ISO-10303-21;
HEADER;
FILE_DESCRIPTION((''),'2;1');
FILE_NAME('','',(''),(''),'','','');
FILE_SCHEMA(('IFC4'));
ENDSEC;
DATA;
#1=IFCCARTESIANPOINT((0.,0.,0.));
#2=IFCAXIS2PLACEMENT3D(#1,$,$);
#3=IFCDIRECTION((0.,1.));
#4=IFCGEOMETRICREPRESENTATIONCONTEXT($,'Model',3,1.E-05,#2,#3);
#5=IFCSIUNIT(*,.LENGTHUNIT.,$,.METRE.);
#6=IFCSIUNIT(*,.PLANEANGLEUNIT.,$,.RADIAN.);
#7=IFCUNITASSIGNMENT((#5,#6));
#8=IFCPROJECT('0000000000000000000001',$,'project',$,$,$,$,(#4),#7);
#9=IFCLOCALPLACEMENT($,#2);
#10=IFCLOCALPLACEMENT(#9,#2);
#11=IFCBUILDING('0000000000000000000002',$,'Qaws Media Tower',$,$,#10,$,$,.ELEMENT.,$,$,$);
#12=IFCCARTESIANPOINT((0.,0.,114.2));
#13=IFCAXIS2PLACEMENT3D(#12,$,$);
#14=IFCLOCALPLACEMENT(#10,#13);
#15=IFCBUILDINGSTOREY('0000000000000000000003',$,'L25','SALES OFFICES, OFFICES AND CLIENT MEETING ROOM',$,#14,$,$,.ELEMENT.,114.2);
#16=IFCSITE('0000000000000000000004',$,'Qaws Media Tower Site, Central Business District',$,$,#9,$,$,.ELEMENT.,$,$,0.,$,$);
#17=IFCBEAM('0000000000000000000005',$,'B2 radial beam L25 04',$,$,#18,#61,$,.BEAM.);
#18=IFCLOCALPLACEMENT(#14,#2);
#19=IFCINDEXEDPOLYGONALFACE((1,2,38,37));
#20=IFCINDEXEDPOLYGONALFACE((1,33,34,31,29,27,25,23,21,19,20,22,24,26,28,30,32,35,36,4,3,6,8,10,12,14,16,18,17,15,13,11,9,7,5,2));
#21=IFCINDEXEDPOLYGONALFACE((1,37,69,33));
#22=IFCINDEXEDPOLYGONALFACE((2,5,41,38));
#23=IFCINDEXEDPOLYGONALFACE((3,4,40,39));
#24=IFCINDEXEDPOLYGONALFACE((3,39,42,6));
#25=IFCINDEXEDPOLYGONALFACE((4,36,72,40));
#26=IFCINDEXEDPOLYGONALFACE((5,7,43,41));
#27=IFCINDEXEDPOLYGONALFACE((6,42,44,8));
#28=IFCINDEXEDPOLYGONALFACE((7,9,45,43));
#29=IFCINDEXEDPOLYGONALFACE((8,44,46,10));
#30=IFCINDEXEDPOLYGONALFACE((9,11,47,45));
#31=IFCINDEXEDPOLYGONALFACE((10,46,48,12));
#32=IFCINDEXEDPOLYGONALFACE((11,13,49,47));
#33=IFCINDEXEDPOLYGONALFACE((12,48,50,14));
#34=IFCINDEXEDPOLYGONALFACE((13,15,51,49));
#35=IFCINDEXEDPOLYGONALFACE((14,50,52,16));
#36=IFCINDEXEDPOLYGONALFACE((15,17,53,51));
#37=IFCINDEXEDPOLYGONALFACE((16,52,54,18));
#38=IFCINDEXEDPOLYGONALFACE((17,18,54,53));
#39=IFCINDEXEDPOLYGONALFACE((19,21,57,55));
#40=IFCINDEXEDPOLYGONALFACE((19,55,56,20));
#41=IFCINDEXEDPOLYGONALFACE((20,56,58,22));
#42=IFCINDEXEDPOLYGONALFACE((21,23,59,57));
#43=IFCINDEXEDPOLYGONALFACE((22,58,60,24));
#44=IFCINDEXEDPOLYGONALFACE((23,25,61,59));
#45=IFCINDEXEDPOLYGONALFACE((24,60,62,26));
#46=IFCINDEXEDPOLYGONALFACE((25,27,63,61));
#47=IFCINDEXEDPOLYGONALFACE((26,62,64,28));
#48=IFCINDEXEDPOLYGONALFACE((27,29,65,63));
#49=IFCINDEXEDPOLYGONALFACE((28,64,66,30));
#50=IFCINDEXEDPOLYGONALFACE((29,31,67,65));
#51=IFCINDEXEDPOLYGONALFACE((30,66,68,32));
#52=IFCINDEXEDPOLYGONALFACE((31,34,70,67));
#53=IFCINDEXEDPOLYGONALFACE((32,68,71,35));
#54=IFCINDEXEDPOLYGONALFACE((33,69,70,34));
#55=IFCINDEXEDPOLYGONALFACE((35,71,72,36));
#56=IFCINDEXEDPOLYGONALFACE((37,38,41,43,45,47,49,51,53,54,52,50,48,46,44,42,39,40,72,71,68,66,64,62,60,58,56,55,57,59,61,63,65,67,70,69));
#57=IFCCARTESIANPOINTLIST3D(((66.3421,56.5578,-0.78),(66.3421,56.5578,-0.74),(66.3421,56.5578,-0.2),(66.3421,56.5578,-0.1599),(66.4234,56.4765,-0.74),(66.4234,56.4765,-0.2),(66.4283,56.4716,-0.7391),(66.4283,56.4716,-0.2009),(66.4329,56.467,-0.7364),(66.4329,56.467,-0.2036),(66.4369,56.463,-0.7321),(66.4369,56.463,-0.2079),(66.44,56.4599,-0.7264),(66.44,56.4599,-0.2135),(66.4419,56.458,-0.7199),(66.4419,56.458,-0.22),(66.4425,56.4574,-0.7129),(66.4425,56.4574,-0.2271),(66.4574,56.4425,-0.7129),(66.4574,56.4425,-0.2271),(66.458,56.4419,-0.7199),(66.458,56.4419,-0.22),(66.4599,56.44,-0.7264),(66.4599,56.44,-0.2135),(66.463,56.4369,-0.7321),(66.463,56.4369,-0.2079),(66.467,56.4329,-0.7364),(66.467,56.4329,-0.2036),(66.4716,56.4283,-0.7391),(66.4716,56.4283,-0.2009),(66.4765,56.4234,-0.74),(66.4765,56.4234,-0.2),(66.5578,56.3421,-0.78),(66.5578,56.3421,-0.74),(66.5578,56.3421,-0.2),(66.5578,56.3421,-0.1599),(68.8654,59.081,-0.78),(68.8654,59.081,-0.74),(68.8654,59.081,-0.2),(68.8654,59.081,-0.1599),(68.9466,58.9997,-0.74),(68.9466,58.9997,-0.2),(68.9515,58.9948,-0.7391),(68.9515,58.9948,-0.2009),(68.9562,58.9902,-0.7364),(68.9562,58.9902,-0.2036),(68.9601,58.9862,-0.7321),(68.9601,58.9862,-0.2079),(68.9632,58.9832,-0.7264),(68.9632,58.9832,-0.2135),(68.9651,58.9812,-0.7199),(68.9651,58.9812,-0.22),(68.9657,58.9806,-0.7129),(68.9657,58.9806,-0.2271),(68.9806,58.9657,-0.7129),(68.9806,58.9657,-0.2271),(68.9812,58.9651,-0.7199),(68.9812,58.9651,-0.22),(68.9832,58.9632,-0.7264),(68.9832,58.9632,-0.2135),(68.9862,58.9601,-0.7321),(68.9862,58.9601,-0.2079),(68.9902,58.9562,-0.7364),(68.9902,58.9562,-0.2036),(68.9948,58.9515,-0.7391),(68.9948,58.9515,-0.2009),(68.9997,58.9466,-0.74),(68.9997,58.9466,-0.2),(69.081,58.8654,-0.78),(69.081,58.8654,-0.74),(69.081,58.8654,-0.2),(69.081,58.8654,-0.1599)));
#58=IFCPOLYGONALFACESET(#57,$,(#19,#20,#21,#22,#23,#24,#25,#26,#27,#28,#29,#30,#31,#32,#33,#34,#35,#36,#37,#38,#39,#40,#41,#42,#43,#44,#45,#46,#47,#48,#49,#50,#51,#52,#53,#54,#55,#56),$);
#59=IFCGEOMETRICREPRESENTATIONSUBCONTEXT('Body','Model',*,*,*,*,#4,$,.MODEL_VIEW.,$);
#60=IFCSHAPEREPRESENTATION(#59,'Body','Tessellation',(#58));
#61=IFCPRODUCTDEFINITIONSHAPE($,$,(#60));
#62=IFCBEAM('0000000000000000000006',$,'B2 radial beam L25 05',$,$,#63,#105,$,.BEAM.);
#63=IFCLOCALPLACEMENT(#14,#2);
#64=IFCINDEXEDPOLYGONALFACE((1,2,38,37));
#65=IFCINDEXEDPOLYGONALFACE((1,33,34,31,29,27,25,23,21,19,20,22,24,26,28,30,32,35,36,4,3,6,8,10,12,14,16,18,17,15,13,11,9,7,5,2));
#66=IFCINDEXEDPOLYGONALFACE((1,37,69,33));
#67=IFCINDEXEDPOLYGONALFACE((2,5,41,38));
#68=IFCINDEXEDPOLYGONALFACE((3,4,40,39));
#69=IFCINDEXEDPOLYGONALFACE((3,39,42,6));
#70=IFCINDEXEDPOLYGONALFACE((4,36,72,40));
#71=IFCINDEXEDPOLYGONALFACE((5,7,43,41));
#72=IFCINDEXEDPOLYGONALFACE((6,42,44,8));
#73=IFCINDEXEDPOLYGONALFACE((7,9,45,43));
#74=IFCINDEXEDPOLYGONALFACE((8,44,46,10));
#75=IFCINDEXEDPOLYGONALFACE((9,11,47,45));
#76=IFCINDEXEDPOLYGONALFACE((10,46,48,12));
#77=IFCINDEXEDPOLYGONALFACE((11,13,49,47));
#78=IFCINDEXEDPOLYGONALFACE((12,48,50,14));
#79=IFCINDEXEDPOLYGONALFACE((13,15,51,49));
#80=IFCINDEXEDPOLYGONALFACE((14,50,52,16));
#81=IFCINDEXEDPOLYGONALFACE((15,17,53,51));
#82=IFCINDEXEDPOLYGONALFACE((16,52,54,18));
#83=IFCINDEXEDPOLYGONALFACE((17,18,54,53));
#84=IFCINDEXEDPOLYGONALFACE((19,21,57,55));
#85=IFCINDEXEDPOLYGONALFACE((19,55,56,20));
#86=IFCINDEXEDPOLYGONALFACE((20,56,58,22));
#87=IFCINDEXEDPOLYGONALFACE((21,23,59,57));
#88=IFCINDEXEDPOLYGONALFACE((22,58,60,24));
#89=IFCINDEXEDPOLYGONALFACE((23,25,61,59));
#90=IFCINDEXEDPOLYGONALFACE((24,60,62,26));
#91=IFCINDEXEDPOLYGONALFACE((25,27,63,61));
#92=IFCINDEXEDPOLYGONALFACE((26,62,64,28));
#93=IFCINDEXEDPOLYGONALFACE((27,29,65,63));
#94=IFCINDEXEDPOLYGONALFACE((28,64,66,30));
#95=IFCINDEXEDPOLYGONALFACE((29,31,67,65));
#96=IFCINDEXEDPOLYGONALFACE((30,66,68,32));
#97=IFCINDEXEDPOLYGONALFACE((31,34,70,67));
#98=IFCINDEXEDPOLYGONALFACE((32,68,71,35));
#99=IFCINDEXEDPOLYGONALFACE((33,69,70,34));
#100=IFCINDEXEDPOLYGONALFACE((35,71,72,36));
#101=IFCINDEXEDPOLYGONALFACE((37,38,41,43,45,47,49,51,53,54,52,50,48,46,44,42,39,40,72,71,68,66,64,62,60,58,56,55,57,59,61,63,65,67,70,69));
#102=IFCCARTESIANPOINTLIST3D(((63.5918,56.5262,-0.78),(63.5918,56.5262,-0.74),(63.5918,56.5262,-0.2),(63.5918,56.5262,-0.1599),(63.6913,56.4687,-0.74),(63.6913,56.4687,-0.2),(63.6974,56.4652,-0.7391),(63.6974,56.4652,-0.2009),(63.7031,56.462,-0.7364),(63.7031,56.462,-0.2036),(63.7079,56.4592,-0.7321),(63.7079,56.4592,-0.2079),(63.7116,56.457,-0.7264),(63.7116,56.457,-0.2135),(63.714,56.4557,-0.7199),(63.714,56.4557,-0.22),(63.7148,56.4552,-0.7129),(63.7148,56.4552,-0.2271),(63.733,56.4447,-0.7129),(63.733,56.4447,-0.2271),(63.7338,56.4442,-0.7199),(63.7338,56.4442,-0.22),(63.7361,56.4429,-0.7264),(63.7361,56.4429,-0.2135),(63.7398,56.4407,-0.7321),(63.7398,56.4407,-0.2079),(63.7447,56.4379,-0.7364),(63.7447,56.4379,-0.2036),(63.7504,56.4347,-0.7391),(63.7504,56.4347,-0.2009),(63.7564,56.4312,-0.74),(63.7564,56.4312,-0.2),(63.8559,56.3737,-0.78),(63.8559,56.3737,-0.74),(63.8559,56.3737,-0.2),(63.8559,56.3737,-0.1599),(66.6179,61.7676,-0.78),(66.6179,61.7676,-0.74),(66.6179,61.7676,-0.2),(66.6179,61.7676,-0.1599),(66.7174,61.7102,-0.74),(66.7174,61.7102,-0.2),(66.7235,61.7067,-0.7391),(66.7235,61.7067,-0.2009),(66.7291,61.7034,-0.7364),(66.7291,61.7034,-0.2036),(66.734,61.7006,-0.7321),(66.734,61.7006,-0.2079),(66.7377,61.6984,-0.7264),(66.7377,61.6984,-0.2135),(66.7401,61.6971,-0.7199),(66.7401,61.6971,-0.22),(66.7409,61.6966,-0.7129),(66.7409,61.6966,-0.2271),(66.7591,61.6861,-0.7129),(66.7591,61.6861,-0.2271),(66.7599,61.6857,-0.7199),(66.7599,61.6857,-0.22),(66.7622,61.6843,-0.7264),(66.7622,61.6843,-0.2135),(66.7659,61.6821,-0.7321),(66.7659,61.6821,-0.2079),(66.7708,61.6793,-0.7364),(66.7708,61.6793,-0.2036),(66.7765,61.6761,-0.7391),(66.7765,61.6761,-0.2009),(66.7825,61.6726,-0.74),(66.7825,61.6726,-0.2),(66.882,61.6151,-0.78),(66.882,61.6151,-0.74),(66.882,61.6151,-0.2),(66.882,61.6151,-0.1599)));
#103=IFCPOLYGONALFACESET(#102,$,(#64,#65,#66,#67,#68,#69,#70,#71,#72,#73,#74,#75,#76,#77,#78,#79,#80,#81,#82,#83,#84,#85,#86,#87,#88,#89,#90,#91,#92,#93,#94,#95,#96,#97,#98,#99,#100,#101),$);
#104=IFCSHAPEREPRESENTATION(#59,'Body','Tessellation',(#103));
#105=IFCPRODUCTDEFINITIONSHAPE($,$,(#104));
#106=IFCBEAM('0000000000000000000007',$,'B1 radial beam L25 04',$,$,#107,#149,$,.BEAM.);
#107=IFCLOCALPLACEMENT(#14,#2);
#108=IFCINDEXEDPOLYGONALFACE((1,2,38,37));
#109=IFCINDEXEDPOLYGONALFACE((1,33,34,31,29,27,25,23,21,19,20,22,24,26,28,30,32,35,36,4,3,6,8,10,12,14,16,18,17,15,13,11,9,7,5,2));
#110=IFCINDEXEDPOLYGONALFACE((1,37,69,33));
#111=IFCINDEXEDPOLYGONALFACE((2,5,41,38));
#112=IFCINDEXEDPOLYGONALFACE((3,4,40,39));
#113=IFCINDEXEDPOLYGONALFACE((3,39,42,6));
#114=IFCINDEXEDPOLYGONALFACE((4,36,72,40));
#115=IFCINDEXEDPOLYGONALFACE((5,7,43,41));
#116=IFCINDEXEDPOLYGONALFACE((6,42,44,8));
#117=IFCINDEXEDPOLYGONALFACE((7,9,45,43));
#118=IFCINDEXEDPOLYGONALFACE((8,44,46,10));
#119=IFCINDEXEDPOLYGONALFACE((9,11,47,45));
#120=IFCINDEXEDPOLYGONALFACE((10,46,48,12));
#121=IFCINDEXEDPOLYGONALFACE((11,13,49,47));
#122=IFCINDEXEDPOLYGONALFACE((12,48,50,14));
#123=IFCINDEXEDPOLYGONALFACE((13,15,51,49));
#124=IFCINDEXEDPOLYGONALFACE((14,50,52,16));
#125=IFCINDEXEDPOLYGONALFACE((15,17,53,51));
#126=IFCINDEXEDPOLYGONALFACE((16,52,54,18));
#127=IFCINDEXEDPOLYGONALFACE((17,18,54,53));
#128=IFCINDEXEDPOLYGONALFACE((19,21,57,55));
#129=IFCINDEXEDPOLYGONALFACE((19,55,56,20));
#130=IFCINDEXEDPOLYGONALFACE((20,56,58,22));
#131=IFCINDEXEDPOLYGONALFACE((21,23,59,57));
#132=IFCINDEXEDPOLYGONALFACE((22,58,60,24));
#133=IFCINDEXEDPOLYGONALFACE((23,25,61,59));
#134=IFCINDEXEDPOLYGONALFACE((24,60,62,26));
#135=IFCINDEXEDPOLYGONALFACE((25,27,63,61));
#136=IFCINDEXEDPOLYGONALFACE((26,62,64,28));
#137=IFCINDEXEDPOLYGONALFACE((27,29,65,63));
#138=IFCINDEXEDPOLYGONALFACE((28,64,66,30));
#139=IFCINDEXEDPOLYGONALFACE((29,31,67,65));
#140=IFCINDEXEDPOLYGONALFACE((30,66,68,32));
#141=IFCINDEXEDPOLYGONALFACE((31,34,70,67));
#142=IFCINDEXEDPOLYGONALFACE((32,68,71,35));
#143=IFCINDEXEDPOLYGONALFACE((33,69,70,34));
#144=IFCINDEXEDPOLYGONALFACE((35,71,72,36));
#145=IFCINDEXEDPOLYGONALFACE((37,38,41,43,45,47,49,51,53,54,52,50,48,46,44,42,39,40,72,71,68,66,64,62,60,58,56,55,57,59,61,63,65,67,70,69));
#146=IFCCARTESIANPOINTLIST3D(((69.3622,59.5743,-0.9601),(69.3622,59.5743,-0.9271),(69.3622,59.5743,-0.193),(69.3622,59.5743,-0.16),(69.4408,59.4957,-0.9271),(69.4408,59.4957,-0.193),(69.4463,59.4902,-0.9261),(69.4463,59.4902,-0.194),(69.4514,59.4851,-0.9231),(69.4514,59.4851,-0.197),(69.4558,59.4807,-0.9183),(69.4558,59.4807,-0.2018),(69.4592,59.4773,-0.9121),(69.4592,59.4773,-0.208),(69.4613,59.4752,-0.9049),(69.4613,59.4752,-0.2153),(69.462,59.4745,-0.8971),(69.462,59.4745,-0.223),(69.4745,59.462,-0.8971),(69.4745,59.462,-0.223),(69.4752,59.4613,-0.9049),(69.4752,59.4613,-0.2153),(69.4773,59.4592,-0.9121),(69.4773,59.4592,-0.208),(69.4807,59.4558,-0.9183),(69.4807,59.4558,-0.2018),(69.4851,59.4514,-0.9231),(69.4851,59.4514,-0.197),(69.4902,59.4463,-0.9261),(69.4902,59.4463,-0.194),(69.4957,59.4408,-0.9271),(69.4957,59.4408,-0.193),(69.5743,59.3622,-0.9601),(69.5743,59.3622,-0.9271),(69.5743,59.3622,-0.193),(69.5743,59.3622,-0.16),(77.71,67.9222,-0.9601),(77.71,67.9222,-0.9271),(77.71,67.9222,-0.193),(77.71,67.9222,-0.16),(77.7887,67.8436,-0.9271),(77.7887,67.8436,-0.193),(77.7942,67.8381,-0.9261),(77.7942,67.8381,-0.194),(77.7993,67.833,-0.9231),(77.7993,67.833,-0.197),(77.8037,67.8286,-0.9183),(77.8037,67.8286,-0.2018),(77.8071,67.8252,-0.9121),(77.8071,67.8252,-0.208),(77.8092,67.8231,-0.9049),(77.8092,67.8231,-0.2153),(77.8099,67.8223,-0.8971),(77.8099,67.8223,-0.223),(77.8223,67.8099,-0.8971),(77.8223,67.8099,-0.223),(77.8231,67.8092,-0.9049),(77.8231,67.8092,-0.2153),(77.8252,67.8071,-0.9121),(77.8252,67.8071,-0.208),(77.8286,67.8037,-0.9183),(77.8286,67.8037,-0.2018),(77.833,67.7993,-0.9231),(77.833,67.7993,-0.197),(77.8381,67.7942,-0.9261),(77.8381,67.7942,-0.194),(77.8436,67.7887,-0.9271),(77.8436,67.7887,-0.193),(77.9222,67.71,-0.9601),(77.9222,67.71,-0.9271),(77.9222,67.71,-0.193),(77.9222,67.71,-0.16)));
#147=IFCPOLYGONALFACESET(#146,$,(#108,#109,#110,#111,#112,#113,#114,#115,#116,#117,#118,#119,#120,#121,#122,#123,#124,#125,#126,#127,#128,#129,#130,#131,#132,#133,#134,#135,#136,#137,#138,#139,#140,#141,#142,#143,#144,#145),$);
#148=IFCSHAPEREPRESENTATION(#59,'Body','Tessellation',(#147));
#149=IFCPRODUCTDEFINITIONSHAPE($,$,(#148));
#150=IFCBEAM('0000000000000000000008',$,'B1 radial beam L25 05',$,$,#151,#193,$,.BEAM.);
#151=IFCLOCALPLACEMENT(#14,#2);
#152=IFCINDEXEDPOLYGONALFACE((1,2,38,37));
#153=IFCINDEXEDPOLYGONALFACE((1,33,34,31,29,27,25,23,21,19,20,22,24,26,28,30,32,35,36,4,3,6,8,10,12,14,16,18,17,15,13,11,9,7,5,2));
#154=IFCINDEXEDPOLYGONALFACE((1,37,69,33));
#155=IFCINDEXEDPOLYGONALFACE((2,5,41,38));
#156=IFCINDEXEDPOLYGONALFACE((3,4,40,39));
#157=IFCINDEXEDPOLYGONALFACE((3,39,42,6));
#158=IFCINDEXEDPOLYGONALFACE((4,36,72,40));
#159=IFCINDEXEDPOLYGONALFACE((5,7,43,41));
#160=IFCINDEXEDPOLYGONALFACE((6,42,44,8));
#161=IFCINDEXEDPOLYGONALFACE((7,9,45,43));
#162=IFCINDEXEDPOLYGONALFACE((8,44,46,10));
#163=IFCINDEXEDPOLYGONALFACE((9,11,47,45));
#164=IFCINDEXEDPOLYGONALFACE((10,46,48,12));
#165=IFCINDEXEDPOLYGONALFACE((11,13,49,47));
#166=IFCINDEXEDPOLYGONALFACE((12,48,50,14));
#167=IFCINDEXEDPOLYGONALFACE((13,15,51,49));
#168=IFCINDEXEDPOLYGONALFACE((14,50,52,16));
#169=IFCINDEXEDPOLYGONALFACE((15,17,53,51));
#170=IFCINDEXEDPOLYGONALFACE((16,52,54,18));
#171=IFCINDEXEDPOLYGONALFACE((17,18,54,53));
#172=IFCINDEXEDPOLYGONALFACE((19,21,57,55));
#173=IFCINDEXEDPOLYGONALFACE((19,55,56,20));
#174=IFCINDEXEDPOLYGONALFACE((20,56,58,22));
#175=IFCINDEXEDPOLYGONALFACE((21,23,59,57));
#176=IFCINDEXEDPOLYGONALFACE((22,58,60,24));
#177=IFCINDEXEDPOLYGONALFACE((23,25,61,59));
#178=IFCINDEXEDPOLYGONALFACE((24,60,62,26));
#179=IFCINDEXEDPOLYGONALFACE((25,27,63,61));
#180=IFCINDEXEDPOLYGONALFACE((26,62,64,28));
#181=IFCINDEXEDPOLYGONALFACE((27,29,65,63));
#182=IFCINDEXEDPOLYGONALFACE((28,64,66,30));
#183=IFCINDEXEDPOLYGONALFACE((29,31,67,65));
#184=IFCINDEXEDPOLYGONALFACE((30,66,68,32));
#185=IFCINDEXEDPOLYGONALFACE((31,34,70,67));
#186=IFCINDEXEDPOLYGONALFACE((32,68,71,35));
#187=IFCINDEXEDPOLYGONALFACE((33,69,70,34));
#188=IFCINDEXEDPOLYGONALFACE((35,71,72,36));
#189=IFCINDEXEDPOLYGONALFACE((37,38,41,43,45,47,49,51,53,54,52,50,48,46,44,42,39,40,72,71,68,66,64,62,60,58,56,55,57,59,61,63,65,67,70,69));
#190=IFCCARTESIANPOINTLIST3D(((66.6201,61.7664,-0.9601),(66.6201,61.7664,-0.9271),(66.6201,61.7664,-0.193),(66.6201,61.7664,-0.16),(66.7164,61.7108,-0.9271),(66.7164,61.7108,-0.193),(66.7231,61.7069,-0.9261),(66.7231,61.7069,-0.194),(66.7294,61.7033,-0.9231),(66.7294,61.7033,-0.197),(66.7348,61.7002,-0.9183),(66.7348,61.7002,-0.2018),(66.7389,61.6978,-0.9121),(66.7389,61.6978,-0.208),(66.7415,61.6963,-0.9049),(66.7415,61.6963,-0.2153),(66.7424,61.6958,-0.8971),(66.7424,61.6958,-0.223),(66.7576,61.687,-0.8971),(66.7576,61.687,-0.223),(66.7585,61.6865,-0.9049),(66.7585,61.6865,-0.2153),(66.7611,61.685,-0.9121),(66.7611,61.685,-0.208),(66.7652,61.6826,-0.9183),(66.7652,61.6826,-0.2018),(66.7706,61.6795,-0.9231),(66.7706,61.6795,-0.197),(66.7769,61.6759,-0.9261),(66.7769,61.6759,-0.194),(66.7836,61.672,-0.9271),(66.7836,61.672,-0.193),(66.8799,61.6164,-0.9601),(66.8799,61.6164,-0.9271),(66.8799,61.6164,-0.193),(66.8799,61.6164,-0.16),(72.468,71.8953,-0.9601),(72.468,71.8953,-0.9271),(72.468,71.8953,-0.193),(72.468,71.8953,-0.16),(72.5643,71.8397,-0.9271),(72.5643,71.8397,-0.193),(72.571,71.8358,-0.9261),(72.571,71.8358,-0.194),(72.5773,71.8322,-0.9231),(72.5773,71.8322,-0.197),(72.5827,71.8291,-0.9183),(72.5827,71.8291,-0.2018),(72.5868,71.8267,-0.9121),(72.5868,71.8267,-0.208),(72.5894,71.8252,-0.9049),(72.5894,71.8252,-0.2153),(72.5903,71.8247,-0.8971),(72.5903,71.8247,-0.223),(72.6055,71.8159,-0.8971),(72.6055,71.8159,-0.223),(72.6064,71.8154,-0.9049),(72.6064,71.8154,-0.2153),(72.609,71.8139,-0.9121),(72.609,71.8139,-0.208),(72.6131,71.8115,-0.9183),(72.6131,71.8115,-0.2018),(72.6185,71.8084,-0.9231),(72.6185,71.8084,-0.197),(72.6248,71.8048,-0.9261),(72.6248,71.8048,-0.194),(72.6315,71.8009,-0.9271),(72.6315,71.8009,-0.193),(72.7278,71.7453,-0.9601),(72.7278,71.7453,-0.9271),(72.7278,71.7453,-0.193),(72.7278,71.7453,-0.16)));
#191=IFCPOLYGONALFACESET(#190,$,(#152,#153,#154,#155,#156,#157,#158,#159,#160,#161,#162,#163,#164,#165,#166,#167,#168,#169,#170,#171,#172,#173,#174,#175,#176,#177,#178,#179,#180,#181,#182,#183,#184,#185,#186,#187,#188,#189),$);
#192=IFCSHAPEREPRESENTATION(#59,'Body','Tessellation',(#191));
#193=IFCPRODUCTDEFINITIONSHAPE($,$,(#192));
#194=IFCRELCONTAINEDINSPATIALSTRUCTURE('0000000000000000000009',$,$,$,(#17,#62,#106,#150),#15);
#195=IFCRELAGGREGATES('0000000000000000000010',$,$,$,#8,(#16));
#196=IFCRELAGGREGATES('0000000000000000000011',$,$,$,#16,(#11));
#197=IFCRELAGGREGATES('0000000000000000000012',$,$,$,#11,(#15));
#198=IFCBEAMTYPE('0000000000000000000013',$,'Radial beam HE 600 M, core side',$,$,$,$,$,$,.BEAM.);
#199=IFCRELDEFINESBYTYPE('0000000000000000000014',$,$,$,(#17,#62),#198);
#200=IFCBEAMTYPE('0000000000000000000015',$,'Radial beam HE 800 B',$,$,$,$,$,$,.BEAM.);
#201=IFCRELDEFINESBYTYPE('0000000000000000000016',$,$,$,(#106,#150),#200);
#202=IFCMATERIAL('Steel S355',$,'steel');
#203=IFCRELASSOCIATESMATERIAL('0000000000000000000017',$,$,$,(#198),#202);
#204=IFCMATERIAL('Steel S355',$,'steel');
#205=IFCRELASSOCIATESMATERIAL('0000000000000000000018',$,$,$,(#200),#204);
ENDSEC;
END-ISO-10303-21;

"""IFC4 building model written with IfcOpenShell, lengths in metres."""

from ifc_helpers import new_model, si_unit, direction, frame, origin, origin_2d, place, context, subcontext, project, spatial, i_section, extrude, material, material_profile, profile_set, type_object, element, save


model = new_model("IFC4")

# Units and contexts
model_context = context("Model", 3, precision=1e-05, world=origin(), true_north=direction((0.0, 1.0)))
body_context = subcontext(model_context, "Body", "Model", "MODEL_VIEW")
ifc_project = project(units=[si_unit("LENGTHUNIT", "METRE"), si_unit("PLANEANGLEUNIT", "RADIAN")], contexts=[model_context])

# Site, building, storey
site_placement = place(None, origin())
site = spatial("IfcSite", under=ifc_project, at=site_placement, Name="Qaws Media Tower Site, Central Business District", CompositionType="ELEMENT", RefElevation=0.0)
building_placement = place(site_placement, origin())
building = spatial("IfcBuilding", under=site, at=building_placement, Name="Qaws Media Tower", CompositionType="ELEMENT")
storey_placement = place(building_placement, frame((0.0, 0.0, 114.2)))
storey = spatial("IfcBuildingStorey", under=building, at=storey_placement, Name="L25", Description="SALES OFFICES, OFFICES AND CLIENT MEETING ROOM", CompositionType="ELEMENT", Elevation=114.2)

# Beams
ifc_material_1 = material(Name="Steel S355", Category="steel")
ifc_material_profile_1 = material_profile(ifc_material_1, i_section(OverallWidth=0.3049, OverallDepth=0.6201, WebThickness=0.021, FlangeThickness=0.04, FilletRadius=0.0271, at=origin_2d()), Name="HE 600 M")
ifc_profile_set_1 = profile_set([ifc_material_profile_1], Name="Steel S355")
beam_type_1 = type_object("IfcBeamType", Name="Radial beam HE 600 M, core side", PredefinedType="BEAM", material=ifc_profile_set_1)
beam_1_placement = place(storey_placement, frame((66.45, 56.45, -0.47), z_axis=(0.707107, 0.707107, 0.0), x_axis=(-0.707107, 0.707107, 0.0)))
element("IfcBeam", 1, at=beam_1_placement, inside=storey, type_object=beam_type_1, Name="B2 radial beam L25 04", PredefinedType="BEAM", context=body_context, shape_type="SweptSolid", body=[
    extrude(i_section(OverallWidth=0.3049, OverallDepth=0.6201, WebThickness=0.021, FlangeThickness=0.04, FilletRadius=0.0271, at=origin_2d()), origin(), (0.0, 0.0, 1.0), 3.5684),
])
beam_2_placement = place(storey_placement, frame((63.7239, 56.45, -0.47), z_axis=(0.499996, 0.866028, 0.0), x_axis=(-0.866028, 0.499996, 0.0)))
element("IfcBeam", 2, at=beam_2_placement, inside=storey, type_object=beam_type_1, Name="B2 radial beam L25 05", PredefinedType="BEAM", context=body_context, shape_type="SweptSolid", body=[
    extrude(i_section(OverallWidth=0.3049, OverallDepth=0.6201, WebThickness=0.021, FlangeThickness=0.04, FilletRadius=0.0271, at=origin_2d()), origin(), (0.0, 0.0, 1.0), 6.0522),
])
ifc_material_2 = material(Name="Steel S355", Category="steel")
ifc_material_profile_2 = material_profile(ifc_material_2, i_section(OverallWidth=0.3, OverallDepth=0.8, WebThickness=0.0176, FlangeThickness=0.033, FilletRadius=0.03, at=origin_2d()), Name="HE 800 B")
ifc_profile_set_2 = profile_set([ifc_material_profile_2], Name="Steel S355")
beam_type_2 = type_object("IfcBeamType", Name="Radial beam HE 800 B", PredefinedType="BEAM", material=ifc_profile_set_2)
beam_3_placement = place(storey_placement, frame((69.4683, 59.4683, -0.5601), z_axis=(0.707107, 0.707107, 0.0), x_axis=(-0.707107, 0.707107, 0.0)))
element("IfcBeam", 3, at=beam_3_placement, inside=storey, type_object=beam_type_2, Name="B1 radial beam L25 04", PredefinedType="BEAM", context=body_context, shape_type="SweptSolid", body=[
    extrude(i_section(OverallWidth=0.3, OverallDepth=0.8, WebThickness=0.0176, FlangeThickness=0.033, FilletRadius=0.03, at=origin_2d()), origin(), (0.0, 0.0, 1.0), 11.8057),
])
beam_4_placement = place(storey_placement, frame((66.75, 61.6914, -0.5601), z_axis=(0.499998, 0.866026, 0.0), x_axis=(-0.866026, 0.499998, 0.0)))
element("IfcBeam", 4, at=beam_4_placement, inside=storey, type_object=beam_type_2, Name="B1 radial beam L25 05", PredefinedType="BEAM", context=body_context, shape_type="SweptSolid", body=[
    extrude(i_section(OverallWidth=0.3, OverallDepth=0.8, WebThickness=0.0176, FlangeThickness=0.033, FilletRadius=0.03, at=origin_2d()), origin(), (0.0, 0.0, 1.0), 11.6958),
])

save(model, "model.ifc")
